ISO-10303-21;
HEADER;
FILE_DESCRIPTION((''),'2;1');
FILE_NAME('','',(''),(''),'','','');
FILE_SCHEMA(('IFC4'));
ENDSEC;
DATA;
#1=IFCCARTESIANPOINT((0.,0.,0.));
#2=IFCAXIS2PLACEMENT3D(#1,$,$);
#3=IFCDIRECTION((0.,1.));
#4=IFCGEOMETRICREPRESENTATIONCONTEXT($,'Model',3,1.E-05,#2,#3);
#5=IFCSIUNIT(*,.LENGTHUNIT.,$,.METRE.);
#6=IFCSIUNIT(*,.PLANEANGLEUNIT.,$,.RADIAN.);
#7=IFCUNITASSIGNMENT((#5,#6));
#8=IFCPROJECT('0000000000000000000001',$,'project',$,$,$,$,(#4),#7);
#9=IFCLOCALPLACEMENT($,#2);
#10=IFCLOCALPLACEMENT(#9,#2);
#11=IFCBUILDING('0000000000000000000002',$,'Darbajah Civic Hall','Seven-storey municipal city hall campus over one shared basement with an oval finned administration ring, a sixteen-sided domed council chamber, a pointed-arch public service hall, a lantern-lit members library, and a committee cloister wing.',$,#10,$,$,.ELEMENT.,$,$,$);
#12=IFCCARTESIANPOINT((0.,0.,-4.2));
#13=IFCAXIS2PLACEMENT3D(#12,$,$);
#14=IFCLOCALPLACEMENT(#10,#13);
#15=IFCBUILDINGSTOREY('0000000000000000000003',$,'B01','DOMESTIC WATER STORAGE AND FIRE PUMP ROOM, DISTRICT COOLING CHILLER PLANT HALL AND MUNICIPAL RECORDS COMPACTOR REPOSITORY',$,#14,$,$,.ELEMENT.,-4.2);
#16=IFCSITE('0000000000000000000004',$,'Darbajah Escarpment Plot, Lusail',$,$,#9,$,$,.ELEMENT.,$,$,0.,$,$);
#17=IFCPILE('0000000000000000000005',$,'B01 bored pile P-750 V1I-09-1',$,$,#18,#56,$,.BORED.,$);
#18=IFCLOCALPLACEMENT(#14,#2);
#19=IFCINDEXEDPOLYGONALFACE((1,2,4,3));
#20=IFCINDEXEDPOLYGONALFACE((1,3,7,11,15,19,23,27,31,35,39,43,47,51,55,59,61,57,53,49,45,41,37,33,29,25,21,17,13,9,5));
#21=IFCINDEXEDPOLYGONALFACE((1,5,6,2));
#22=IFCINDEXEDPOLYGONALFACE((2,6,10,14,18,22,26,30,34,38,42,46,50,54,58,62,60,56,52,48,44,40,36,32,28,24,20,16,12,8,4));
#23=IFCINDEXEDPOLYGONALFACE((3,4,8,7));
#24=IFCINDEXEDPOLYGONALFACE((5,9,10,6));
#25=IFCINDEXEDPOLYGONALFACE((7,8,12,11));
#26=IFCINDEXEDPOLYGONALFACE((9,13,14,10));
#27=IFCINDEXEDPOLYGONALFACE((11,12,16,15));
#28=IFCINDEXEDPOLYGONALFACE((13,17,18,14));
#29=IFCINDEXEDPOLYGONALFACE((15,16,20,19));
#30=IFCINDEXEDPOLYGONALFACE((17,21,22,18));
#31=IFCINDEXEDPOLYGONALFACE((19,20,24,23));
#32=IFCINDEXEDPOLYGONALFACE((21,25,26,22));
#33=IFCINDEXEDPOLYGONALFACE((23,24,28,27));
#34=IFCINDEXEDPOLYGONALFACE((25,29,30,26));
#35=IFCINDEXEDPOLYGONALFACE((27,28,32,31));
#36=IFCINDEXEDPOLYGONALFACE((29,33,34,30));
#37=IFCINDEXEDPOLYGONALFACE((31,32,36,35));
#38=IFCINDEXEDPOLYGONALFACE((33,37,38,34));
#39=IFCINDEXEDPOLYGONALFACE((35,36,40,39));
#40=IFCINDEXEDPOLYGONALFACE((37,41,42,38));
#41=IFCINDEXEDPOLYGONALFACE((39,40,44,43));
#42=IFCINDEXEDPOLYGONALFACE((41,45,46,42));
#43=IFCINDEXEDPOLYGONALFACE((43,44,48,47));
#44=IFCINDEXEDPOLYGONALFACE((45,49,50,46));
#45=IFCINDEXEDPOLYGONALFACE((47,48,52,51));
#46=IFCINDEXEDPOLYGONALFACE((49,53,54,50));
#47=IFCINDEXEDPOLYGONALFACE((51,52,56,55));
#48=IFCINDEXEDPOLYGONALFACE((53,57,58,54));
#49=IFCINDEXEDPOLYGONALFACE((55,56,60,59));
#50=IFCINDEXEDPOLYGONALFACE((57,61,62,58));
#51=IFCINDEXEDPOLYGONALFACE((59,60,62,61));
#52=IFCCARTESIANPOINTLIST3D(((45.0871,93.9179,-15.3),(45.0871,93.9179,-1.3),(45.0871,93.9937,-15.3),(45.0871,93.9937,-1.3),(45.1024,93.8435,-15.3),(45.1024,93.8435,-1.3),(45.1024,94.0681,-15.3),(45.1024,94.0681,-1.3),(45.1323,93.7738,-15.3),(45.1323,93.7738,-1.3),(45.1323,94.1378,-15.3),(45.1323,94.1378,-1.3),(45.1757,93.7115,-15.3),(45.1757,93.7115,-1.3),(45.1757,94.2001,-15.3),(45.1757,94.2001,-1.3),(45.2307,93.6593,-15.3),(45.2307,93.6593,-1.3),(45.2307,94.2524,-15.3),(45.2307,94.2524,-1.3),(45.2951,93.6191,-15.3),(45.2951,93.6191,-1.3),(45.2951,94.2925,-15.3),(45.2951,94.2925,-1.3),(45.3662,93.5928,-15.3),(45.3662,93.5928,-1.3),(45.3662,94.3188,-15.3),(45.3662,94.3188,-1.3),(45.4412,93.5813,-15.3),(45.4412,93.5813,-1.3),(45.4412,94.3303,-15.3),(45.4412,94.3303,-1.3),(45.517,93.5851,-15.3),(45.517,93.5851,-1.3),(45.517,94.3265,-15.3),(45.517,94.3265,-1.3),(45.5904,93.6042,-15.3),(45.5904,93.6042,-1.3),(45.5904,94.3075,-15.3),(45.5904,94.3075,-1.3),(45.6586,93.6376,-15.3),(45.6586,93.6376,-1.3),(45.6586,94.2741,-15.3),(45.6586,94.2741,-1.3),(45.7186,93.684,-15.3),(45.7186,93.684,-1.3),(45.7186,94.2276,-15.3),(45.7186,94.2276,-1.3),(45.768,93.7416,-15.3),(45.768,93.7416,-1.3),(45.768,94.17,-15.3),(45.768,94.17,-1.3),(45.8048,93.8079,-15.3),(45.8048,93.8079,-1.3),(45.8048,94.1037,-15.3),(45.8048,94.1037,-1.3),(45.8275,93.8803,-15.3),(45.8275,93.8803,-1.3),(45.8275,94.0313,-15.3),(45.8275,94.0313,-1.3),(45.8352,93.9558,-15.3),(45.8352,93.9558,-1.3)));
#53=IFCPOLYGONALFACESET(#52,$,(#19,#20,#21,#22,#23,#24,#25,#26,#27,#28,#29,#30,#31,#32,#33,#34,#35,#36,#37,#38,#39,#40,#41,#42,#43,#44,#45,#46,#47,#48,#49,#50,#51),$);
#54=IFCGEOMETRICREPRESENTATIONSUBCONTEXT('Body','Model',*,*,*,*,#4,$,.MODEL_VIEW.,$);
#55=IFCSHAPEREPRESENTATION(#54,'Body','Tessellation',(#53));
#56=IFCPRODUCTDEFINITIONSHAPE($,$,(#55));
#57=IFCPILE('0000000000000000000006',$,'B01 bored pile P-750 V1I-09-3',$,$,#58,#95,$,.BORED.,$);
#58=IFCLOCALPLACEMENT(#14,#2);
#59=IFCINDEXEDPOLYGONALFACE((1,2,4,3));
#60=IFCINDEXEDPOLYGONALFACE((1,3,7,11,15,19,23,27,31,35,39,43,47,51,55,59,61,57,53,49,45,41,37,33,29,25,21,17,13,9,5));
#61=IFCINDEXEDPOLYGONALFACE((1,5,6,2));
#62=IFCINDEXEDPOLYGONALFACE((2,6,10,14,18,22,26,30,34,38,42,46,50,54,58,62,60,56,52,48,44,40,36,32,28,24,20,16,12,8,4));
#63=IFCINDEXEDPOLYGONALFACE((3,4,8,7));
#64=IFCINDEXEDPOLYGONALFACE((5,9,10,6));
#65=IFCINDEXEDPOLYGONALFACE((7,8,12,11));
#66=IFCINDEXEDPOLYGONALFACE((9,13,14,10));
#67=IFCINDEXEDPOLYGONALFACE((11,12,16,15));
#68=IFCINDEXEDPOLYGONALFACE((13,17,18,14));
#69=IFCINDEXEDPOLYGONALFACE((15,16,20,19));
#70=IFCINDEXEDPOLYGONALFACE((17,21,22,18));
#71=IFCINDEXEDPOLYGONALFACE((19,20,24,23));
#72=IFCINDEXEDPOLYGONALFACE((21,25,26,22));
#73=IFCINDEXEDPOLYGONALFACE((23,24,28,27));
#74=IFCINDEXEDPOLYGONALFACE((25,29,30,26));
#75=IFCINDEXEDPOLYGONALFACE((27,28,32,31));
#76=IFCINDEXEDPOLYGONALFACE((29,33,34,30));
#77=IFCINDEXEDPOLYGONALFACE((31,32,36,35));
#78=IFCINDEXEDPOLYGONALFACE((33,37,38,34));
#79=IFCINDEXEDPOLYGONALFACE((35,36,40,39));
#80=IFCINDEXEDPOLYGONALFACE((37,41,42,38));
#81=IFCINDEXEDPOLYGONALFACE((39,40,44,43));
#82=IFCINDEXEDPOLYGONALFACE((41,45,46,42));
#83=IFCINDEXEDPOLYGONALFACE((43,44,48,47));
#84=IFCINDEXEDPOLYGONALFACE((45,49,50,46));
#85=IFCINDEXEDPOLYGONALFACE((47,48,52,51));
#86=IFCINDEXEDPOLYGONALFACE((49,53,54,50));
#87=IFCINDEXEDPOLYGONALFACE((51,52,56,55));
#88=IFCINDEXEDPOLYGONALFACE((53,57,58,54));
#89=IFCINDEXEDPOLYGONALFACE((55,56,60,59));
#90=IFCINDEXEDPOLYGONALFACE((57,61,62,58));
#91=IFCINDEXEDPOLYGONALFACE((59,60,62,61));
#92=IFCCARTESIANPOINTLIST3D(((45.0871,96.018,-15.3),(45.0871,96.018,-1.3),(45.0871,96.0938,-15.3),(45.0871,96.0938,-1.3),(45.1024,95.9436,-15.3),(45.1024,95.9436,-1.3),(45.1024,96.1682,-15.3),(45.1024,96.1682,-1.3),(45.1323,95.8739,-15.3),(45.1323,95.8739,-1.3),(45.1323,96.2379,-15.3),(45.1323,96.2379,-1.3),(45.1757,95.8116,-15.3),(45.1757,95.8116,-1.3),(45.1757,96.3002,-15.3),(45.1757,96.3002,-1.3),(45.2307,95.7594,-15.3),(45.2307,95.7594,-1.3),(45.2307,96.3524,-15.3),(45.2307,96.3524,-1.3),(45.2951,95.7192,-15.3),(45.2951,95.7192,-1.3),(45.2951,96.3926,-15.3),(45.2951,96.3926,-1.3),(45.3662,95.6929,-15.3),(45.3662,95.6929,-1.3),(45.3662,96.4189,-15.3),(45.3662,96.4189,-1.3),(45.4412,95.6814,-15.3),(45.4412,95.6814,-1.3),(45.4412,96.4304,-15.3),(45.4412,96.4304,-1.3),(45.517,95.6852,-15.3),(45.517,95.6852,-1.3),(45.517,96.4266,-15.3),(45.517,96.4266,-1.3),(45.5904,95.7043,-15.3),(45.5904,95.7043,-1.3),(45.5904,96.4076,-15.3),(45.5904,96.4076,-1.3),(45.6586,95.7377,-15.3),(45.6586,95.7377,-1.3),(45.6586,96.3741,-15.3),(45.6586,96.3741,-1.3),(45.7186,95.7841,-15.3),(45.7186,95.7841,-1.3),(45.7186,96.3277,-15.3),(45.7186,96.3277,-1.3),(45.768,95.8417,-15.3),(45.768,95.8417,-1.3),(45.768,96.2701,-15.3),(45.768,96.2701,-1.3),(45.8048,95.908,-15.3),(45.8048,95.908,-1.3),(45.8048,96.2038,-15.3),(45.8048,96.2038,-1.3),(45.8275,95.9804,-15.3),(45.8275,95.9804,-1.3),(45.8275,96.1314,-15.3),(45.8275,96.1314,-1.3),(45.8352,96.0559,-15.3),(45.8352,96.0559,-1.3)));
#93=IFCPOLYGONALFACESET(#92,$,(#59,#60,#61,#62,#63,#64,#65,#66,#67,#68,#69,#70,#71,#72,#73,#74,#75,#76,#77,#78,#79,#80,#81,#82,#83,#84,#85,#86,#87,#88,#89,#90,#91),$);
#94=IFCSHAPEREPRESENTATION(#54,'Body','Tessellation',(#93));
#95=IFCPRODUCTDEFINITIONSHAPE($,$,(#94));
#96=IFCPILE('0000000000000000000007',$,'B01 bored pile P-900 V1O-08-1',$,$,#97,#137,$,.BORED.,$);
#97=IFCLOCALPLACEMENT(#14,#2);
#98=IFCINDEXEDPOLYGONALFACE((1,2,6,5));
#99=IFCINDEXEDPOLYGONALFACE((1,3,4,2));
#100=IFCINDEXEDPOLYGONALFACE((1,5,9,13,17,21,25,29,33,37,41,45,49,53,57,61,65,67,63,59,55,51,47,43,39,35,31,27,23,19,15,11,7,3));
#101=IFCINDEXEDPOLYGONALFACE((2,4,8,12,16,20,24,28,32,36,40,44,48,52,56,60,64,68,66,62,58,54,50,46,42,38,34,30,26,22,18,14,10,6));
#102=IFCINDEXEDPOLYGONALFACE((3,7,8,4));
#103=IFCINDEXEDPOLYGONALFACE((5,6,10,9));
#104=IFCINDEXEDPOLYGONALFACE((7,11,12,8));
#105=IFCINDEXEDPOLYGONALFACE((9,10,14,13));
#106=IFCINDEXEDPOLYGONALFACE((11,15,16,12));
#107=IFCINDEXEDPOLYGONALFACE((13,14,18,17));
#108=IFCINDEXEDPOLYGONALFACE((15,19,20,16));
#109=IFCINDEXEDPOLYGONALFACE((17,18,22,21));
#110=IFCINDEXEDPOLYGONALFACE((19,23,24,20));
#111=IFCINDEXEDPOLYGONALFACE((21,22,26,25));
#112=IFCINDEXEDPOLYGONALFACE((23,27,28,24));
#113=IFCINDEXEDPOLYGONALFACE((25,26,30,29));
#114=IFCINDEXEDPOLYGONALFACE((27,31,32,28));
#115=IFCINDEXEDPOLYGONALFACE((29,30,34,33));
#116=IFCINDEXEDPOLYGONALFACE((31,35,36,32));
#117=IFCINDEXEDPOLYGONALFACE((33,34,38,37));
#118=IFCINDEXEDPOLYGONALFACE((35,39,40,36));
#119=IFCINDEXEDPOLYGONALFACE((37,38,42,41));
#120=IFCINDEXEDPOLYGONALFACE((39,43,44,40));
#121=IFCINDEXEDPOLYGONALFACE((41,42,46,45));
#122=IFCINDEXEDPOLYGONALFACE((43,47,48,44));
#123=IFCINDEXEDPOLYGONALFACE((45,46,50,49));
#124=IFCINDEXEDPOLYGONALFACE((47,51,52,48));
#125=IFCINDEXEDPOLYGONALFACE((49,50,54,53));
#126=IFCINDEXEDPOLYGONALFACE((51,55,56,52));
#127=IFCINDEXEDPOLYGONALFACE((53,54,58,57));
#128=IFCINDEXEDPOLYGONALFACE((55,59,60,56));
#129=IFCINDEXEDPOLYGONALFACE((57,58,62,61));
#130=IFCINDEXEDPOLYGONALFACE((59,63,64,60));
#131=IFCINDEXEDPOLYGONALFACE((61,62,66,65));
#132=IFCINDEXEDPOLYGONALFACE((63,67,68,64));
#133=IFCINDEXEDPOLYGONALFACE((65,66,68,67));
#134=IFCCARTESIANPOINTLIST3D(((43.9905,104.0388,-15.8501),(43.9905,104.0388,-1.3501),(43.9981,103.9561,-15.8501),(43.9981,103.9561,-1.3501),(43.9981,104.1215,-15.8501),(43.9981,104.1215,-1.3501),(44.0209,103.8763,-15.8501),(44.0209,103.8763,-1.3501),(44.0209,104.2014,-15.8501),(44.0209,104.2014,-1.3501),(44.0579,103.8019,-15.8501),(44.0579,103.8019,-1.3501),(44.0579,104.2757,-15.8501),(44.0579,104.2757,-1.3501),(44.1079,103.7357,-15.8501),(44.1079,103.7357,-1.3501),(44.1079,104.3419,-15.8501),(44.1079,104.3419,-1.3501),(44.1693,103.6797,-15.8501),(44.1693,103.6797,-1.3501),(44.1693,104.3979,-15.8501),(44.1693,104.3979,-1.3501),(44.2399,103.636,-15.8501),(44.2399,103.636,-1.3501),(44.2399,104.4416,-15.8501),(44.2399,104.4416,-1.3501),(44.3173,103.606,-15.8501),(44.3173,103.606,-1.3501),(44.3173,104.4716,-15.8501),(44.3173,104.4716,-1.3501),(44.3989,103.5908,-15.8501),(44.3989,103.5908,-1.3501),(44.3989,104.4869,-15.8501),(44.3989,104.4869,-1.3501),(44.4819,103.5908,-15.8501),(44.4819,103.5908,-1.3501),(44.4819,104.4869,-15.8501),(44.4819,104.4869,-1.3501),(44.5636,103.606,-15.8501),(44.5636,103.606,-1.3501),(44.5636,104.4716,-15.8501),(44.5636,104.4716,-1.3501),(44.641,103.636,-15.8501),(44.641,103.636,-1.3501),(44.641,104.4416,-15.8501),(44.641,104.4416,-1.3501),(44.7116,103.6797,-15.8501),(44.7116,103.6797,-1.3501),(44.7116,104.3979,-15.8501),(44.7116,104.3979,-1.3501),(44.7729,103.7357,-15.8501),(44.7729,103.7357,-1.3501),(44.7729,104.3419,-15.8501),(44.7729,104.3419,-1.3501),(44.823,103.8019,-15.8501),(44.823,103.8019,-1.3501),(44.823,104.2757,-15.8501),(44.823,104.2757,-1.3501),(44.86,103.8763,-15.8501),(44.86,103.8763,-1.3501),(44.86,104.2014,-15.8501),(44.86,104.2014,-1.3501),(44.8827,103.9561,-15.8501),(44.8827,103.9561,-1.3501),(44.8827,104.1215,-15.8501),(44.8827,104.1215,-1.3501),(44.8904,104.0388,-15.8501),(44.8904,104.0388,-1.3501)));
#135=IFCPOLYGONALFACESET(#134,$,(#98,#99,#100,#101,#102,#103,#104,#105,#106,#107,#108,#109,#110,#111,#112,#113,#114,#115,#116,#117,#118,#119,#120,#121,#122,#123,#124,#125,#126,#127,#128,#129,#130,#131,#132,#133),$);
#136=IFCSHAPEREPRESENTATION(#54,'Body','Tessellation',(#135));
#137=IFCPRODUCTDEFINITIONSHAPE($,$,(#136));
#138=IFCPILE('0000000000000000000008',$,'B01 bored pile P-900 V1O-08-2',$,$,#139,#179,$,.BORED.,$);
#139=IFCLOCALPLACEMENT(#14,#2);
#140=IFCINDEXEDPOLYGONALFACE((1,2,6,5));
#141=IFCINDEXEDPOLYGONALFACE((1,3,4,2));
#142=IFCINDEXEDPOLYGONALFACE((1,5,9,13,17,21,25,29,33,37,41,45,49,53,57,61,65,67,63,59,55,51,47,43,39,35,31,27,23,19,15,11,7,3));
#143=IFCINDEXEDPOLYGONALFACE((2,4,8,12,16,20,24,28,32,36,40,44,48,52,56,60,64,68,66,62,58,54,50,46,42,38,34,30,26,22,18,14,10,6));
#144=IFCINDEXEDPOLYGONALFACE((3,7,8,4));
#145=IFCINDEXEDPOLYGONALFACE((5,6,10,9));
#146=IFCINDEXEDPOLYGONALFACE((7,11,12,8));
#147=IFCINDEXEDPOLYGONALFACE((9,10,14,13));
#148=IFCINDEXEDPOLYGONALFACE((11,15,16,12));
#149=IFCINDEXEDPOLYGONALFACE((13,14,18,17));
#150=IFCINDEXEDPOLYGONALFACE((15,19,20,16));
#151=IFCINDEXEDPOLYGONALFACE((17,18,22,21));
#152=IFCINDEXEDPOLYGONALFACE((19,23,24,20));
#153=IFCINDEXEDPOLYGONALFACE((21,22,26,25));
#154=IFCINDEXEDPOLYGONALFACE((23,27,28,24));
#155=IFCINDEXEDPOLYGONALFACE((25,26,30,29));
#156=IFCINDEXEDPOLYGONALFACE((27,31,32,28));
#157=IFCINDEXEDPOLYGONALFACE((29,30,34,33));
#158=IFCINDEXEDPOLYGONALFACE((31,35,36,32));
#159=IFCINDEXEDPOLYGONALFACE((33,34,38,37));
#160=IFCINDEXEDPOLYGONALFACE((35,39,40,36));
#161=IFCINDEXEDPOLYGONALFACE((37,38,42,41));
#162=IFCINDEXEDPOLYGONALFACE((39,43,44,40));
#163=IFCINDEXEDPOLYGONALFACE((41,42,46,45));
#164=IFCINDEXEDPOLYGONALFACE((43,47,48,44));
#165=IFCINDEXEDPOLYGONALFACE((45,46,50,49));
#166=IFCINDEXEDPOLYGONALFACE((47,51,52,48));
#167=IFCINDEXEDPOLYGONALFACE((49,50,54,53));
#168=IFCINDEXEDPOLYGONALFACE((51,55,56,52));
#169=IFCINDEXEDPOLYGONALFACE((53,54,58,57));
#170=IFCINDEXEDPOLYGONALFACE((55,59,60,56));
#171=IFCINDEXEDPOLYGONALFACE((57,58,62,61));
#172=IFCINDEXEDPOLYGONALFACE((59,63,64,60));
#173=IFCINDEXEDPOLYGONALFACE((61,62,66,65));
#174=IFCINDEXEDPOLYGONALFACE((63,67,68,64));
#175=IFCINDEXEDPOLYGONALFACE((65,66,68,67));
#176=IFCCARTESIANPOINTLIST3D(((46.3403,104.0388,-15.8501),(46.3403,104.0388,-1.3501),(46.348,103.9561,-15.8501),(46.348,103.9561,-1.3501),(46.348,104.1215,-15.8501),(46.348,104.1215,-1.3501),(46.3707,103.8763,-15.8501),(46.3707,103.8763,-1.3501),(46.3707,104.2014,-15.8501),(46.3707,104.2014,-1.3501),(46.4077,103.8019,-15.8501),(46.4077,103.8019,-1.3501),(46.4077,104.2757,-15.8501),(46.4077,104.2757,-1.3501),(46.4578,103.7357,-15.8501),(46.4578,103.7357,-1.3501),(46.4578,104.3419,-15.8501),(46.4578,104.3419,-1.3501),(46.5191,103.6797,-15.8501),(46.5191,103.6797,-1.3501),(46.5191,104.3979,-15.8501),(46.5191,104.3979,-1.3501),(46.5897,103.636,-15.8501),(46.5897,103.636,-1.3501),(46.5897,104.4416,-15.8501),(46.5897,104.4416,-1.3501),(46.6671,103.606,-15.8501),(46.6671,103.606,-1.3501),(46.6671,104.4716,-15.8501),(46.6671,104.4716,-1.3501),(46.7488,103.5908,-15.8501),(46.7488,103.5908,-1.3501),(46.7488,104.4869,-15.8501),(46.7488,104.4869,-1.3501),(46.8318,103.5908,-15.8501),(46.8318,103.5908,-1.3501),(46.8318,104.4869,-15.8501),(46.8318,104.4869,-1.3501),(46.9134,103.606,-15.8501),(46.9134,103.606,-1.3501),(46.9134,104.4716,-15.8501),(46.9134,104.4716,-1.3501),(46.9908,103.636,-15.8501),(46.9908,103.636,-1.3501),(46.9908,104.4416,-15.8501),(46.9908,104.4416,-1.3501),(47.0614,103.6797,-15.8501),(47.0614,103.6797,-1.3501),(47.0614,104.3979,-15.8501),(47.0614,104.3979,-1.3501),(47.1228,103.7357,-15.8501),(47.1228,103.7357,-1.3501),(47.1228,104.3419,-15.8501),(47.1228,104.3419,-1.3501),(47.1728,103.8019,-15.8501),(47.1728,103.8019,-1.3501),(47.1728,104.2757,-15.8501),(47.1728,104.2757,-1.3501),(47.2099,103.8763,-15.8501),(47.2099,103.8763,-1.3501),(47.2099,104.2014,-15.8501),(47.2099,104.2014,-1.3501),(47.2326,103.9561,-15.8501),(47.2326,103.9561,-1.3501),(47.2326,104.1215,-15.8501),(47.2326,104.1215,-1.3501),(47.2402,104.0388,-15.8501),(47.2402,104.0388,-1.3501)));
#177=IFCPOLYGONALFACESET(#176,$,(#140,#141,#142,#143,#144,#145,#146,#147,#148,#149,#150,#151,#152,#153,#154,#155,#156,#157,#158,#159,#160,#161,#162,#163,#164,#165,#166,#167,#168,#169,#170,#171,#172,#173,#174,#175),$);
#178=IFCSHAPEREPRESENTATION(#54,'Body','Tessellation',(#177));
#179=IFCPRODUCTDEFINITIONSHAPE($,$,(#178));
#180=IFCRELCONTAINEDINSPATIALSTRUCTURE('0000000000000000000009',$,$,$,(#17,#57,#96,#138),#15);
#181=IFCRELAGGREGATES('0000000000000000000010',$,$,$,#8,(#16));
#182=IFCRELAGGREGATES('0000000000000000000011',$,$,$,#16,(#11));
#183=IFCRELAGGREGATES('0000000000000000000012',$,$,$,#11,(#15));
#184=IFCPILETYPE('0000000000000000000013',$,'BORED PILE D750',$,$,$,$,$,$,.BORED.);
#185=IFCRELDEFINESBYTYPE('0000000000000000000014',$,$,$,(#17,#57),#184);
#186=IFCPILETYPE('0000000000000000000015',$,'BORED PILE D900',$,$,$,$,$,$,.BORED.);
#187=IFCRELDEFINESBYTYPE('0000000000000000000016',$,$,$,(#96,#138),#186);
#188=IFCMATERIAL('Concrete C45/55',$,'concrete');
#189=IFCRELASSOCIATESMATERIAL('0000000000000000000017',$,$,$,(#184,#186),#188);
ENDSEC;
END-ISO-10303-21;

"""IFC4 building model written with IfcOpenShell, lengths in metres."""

from ifc_helpers import new_model, si_unit, direction, frame, origin, origin_2d, place, context, subcontext, project, spatial, circle, extrude, material, material_profile, profile_set, type_object, element, save


model = new_model("IFC4")

# Units and contexts
model_context = context("Model", 3, precision=1e-05, world=origin(), true_north=direction((0.0, 1.0)))
body_context = subcontext(model_context, "Body", "Model", "MODEL_VIEW")
ifc_project = project(units=[si_unit("LENGTHUNIT", "METRE"), si_unit("PLANEANGLEUNIT", "RADIAN")], contexts=[model_context])

# Site, building, storey
site_placement = place(None, origin())
site = spatial("IfcSite", under=ifc_project, at=site_placement, Name="Darbajah Escarpment Plot, Lusail", CompositionType="ELEMENT", RefElevation=0.0)
building_placement = place(site_placement, origin())
building = spatial("IfcBuilding", under=site, at=building_placement, Name="Darbajah Civic Hall", Description="Seven-storey municipal city hall campus over one shared basement with an oval finned administration ring, a sixteen-sided domed council chamber, a pointed-arch public service hall, a lantern-lit members library, and a committee cloister wing.", CompositionType="ELEMENT")
storey_placement = place(building_placement, frame((0.0, 0.0, -4.2)))
storey = spatial("IfcBuildingStorey", under=building, at=storey_placement, Name="B01", Description="DOMESTIC WATER STORAGE AND FIRE PUMP ROOM, DISTRICT COOLING CHILLER PLANT HALL AND MUNICIPAL RECORDS COMPACTOR REPOSITORY", CompositionType="ELEMENT", Elevation=-4.2)

# Piles
ifc_material_1 = material(Name="Concrete C45/55", Category="concrete")
ifc_material_profile_1 = material_profile(ifc_material_1, circle(Radius=0.375, at=origin_2d()), Name="BORED PILE D750")
ifc_profile_set_1 = profile_set([ifc_material_profile_1], Name="Concrete C45/55")
pile_type_1 = type_object("IfcPileType", Name="BORED PILE D750", PredefinedType="BORED", material=ifc_profile_set_1)
for number, where, z_axis, x_axis, name in (
    (1, (45.4602, 93.9558, -1.3), (0.0, 0.0, -1.0), (1.0, 0.0, 0.0), "B01 bored pile P-750 V1I-09-1"),
    (2, (45.4602, 96.0559, -1.3), (0.0, 0.0, -1.0), (1.0, 0.0, 0.0), "B01 bored pile P-750 V1I-09-3"),
):
    element("IfcPile", number, at=place(storey_placement, frame(where, z_axis=z_axis, x_axis=x_axis)), inside=storey, type_object=pile_type_1, Name=name, PredefinedType="BORED", context=body_context, shape_type="SweptSolid", body=[
        extrude(circle(Radius=0.375, at=origin_2d()), origin(), (0.0, 0.0, 1.0), 14.0),
    ])
ifc_material_profile_2 = material_profile(ifc_material_1, circle(Radius=0.45, at=origin_2d()), Name="BORED PILE D900")
ifc_profile_set_2 = profile_set([ifc_material_profile_2], Name="Concrete C45/55")
pile_type_2 = type_object("IfcPileType", Name="BORED PILE D900", PredefinedType="BORED", material=ifc_profile_set_2)
for number, where, z_axis, x_axis, name in (
    (3, (44.4404, 104.0388, -1.3501), (0.0, 0.0, -1.0), (1.0, 0.0, 0.0), "B01 bored pile P-900 V1O-08-1"),
    (4, (46.7903, 104.0388, -1.3501), (0.0, 0.0, -1.0), (1.0, 0.0, 0.0), "B01 bored pile P-900 V1O-08-2"),
):
    element("IfcPile", number, at=place(storey_placement, frame(where, z_axis=z_axis, x_axis=x_axis)), inside=storey, type_object=pile_type_2, Name=name, PredefinedType="BORED", context=body_context, shape_type="SweptSolid", body=[
        extrude(circle(Radius=0.45, at=origin_2d()), origin(), (0.0, 0.0, 1.0), 14.5),
    ])

save(model, "model.ifc")
